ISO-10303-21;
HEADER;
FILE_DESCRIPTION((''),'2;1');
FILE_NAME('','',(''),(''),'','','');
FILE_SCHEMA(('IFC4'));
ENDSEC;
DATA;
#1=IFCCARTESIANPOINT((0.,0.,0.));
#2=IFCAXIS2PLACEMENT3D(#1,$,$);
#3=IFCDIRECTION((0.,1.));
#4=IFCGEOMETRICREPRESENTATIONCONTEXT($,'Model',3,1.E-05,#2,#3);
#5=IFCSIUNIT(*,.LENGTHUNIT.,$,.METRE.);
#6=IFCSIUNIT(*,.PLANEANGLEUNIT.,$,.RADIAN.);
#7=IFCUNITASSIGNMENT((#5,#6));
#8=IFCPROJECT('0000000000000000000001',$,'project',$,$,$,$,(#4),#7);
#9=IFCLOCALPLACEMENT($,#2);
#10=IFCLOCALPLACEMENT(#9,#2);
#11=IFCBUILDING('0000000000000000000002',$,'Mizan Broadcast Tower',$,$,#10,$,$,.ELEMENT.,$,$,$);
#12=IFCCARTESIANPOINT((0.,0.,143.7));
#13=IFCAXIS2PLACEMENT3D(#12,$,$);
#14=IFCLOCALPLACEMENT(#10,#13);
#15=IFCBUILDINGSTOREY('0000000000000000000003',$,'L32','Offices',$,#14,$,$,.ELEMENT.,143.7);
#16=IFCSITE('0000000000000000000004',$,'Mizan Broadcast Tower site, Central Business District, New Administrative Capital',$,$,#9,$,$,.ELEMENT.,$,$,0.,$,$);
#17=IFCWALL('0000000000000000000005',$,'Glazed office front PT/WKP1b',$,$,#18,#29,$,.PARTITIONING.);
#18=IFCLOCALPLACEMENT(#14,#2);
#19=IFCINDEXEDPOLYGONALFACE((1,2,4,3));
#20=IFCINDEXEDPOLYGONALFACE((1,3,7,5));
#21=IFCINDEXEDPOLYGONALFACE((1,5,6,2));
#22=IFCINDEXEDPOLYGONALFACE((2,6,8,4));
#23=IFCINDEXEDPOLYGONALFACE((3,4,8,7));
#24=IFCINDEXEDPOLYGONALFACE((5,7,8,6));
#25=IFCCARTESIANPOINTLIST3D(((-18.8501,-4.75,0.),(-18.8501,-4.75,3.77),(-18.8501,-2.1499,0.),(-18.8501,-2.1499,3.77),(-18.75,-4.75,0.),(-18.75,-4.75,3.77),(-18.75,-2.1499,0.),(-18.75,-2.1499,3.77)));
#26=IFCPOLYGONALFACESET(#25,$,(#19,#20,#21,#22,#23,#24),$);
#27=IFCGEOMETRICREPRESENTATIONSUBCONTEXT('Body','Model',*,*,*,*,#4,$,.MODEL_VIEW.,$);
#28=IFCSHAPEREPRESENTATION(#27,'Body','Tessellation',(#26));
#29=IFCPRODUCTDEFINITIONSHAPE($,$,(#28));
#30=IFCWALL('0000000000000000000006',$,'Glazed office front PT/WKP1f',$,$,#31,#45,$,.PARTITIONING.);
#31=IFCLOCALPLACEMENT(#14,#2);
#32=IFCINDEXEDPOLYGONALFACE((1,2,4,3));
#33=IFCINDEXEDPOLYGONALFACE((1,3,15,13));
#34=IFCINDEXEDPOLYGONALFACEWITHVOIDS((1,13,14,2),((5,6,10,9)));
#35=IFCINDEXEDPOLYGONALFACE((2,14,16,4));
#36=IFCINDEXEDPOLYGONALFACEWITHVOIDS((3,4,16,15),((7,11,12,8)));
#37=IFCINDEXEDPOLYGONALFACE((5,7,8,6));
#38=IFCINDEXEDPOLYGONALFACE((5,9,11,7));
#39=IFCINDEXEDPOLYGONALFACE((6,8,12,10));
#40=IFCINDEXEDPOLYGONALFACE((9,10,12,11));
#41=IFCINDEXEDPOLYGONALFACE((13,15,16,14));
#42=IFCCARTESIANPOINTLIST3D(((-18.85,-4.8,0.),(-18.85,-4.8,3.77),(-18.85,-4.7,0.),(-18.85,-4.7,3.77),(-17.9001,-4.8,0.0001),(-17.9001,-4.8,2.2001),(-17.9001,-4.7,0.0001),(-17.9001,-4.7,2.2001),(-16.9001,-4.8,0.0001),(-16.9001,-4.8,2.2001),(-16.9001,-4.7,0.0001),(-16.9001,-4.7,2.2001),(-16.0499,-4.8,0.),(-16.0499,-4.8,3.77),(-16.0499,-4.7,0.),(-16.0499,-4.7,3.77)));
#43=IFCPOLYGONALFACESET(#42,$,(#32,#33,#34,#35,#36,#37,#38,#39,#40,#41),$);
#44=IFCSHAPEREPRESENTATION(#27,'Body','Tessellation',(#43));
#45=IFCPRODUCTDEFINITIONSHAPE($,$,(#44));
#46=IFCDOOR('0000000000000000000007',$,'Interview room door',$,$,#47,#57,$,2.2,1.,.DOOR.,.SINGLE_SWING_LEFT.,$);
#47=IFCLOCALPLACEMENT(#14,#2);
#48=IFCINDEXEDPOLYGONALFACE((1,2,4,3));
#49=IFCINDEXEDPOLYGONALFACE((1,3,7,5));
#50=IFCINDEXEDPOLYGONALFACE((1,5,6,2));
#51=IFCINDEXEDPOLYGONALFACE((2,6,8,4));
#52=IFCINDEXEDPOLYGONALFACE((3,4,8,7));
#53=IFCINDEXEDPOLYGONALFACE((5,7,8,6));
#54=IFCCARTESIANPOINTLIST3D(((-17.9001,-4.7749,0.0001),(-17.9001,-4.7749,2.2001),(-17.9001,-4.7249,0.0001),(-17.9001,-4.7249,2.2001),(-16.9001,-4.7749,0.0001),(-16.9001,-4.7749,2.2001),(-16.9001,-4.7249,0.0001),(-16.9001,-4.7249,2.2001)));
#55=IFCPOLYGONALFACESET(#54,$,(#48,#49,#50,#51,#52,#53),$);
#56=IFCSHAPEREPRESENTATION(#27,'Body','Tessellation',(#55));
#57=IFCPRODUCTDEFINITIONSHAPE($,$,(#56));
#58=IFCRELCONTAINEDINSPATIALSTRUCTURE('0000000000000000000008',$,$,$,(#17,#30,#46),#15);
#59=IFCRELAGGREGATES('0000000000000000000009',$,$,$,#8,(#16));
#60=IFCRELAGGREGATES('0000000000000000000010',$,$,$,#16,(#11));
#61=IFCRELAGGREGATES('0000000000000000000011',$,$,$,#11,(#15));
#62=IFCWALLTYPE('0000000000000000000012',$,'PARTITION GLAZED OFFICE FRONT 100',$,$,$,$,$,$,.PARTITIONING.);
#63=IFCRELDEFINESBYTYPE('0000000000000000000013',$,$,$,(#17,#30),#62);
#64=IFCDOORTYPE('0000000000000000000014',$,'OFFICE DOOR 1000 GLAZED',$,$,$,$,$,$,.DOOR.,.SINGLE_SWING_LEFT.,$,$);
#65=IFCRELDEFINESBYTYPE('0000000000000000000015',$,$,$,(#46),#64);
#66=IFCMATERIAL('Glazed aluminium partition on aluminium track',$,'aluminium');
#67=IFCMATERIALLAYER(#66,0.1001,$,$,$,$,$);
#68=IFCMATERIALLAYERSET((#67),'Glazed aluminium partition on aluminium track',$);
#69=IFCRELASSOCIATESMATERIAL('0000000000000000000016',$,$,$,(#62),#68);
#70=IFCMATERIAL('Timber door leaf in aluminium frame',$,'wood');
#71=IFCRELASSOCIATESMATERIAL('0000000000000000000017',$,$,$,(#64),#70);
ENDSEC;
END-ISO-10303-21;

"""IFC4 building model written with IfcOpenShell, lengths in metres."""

from ifc_helpers import new_model, si_unit, direction, frame, frame_2d, origin, place, context, subcontext, project, spatial, rectangle, extrude, material, layer, layer_set, type_object, element, fill, save


model = new_model("IFC4")

# Units and contexts
model_context = context("Model", 3, precision=1e-05, world=origin(), true_north=direction((0.0, 1.0)))
body_context = subcontext(model_context, "Body", "Model", "MODEL_VIEW")
ifc_project = project(units=[si_unit("LENGTHUNIT", "METRE"), si_unit("PLANEANGLEUNIT", "RADIAN")], contexts=[model_context])

# Site, building, storey
site_placement = place(None, origin())
site = spatial("IfcSite", under=ifc_project, at=site_placement, Name="Mizan Broadcast Tower site, Central Business District, New Administrative Capital", CompositionType="ELEMENT", RefElevation=0.0)
building_placement = place(site_placement, origin())
building = spatial("IfcBuilding", under=site, at=building_placement, Name="Mizan Broadcast Tower", CompositionType="ELEMENT")
storey_placement = place(building_placement, frame((0.0, 0.0, 143.7)))
storey = spatial("IfcBuildingStorey", under=building, at=storey_placement, Name="L32", Description="Offices", CompositionType="ELEMENT", Elevation=143.7)

# Shared definitions
ifc_material_1 = material(Name="Glazed aluminium partition on aluminium track", Category="aluminium")
ifc_layer_1 = layer(ifc_material_1, 0.1001)
ifc_layer_set_1 = layer_set([ifc_layer_1], Name="Glazed aluminium partition on aluminium track")
wall_type_1 = type_object("IfcWallType", Name="PARTITION GLAZED OFFICE FRONT 100", PredefinedType="PARTITIONING", material=ifc_layer_set_1)
ifc_material_2 = material(Name="Timber door leaf in aluminium frame", Category="wood")
door_type_1 = type_object("IfcDoorType", Name="OFFICE DOOR 1000 GLAZED", OperationType="SINGLE_SWING_LEFT", PredefinedType="DOOR", material=ifc_material_2)

# Wall
for number, where, z_axis, x_axis, name in (
    (1, (-18.8, -2.1499, 0.0), (0.0, 0.0, 1.0), (0.0, -1.0, 0.0), "Glazed office front PT/WKP1b"),
):
    element("IfcWall", number, at=place(storey_placement, frame(where, z_axis=z_axis, x_axis=x_axis)), inside=storey, type_object=wall_type_1, Name=name, PredefinedType="PARTITIONING", context=body_context, shape_type="SweptSolid", body=[
        extrude(rectangle(XDim=2.6001, YDim=0.1001, at=frame_2d((1.3, 0.0))), origin(), (0.0, 0.0, 1.0), 3.77),
    ])

# Wall, opening, door
wall_1_placement = place(storey_placement, frame((-16.05, -4.75, 0.0), z_axis=(0.0, 0.0, 1.0), x_axis=(-1.0, 0.0, 0.0)))
wall_1 = element("IfcWall", 2, at=wall_1_placement, inside=storey, type_object=wall_type_1, Name="Glazed office front PT/WKP1f", PredefinedType="PARTITIONING", context=body_context, shape_type="SweptSolid", body=[
    extrude(rectangle(XDim=2.8, YDim=0.1001, at=frame_2d((1.3999, 0.0))), origin(), (0.0, 0.0, 1.0), 3.77),
])
opening_1_placement = place(wall_1_placement, frame((0.8501, 0.0, 0.0)))
opening_1 = element("IfcOpeningElement", 3, at=opening_1_placement, cuts=wall_1, PredefinedType="OPENING", context=body_context, shape_type="SweptSolid", body=[
    extrude(rectangle(XDim=1.0, YDim=2.2, at=frame_2d((0.5, 1.1001))), frame((0.0, 0.0601, 0.0), z_axis=(0.0, -1.0, 0.0), x_axis=(1.0, 0.0, 0.0)), (0.0, 0.0, 1.0), 0.1201),
])
door_1_placement = place(opening_1_placement, origin())
door_1 = element("IfcDoor", 4, at=door_1_placement, inside=storey, type_object=door_type_1, Name="Interview room door", OperationType="SINGLE_SWING_LEFT", OverallHeight=2.2, OverallWidth=1.0, PredefinedType="DOOR", context=body_context, shape_type="SweptSolid", body=[
    extrude(rectangle(XDim=1.0, YDim=2.2, at=frame_2d((0.5, 1.1001))), frame((0.0, 0.0249, 0.0), z_axis=(0.0, -1.0, 0.0), x_axis=(1.0, 0.0, 0.0)), (0.0, 0.0, 1.0), 0.05),
])
fill(opening_1, door_1)

save(model, "model.ifc")
